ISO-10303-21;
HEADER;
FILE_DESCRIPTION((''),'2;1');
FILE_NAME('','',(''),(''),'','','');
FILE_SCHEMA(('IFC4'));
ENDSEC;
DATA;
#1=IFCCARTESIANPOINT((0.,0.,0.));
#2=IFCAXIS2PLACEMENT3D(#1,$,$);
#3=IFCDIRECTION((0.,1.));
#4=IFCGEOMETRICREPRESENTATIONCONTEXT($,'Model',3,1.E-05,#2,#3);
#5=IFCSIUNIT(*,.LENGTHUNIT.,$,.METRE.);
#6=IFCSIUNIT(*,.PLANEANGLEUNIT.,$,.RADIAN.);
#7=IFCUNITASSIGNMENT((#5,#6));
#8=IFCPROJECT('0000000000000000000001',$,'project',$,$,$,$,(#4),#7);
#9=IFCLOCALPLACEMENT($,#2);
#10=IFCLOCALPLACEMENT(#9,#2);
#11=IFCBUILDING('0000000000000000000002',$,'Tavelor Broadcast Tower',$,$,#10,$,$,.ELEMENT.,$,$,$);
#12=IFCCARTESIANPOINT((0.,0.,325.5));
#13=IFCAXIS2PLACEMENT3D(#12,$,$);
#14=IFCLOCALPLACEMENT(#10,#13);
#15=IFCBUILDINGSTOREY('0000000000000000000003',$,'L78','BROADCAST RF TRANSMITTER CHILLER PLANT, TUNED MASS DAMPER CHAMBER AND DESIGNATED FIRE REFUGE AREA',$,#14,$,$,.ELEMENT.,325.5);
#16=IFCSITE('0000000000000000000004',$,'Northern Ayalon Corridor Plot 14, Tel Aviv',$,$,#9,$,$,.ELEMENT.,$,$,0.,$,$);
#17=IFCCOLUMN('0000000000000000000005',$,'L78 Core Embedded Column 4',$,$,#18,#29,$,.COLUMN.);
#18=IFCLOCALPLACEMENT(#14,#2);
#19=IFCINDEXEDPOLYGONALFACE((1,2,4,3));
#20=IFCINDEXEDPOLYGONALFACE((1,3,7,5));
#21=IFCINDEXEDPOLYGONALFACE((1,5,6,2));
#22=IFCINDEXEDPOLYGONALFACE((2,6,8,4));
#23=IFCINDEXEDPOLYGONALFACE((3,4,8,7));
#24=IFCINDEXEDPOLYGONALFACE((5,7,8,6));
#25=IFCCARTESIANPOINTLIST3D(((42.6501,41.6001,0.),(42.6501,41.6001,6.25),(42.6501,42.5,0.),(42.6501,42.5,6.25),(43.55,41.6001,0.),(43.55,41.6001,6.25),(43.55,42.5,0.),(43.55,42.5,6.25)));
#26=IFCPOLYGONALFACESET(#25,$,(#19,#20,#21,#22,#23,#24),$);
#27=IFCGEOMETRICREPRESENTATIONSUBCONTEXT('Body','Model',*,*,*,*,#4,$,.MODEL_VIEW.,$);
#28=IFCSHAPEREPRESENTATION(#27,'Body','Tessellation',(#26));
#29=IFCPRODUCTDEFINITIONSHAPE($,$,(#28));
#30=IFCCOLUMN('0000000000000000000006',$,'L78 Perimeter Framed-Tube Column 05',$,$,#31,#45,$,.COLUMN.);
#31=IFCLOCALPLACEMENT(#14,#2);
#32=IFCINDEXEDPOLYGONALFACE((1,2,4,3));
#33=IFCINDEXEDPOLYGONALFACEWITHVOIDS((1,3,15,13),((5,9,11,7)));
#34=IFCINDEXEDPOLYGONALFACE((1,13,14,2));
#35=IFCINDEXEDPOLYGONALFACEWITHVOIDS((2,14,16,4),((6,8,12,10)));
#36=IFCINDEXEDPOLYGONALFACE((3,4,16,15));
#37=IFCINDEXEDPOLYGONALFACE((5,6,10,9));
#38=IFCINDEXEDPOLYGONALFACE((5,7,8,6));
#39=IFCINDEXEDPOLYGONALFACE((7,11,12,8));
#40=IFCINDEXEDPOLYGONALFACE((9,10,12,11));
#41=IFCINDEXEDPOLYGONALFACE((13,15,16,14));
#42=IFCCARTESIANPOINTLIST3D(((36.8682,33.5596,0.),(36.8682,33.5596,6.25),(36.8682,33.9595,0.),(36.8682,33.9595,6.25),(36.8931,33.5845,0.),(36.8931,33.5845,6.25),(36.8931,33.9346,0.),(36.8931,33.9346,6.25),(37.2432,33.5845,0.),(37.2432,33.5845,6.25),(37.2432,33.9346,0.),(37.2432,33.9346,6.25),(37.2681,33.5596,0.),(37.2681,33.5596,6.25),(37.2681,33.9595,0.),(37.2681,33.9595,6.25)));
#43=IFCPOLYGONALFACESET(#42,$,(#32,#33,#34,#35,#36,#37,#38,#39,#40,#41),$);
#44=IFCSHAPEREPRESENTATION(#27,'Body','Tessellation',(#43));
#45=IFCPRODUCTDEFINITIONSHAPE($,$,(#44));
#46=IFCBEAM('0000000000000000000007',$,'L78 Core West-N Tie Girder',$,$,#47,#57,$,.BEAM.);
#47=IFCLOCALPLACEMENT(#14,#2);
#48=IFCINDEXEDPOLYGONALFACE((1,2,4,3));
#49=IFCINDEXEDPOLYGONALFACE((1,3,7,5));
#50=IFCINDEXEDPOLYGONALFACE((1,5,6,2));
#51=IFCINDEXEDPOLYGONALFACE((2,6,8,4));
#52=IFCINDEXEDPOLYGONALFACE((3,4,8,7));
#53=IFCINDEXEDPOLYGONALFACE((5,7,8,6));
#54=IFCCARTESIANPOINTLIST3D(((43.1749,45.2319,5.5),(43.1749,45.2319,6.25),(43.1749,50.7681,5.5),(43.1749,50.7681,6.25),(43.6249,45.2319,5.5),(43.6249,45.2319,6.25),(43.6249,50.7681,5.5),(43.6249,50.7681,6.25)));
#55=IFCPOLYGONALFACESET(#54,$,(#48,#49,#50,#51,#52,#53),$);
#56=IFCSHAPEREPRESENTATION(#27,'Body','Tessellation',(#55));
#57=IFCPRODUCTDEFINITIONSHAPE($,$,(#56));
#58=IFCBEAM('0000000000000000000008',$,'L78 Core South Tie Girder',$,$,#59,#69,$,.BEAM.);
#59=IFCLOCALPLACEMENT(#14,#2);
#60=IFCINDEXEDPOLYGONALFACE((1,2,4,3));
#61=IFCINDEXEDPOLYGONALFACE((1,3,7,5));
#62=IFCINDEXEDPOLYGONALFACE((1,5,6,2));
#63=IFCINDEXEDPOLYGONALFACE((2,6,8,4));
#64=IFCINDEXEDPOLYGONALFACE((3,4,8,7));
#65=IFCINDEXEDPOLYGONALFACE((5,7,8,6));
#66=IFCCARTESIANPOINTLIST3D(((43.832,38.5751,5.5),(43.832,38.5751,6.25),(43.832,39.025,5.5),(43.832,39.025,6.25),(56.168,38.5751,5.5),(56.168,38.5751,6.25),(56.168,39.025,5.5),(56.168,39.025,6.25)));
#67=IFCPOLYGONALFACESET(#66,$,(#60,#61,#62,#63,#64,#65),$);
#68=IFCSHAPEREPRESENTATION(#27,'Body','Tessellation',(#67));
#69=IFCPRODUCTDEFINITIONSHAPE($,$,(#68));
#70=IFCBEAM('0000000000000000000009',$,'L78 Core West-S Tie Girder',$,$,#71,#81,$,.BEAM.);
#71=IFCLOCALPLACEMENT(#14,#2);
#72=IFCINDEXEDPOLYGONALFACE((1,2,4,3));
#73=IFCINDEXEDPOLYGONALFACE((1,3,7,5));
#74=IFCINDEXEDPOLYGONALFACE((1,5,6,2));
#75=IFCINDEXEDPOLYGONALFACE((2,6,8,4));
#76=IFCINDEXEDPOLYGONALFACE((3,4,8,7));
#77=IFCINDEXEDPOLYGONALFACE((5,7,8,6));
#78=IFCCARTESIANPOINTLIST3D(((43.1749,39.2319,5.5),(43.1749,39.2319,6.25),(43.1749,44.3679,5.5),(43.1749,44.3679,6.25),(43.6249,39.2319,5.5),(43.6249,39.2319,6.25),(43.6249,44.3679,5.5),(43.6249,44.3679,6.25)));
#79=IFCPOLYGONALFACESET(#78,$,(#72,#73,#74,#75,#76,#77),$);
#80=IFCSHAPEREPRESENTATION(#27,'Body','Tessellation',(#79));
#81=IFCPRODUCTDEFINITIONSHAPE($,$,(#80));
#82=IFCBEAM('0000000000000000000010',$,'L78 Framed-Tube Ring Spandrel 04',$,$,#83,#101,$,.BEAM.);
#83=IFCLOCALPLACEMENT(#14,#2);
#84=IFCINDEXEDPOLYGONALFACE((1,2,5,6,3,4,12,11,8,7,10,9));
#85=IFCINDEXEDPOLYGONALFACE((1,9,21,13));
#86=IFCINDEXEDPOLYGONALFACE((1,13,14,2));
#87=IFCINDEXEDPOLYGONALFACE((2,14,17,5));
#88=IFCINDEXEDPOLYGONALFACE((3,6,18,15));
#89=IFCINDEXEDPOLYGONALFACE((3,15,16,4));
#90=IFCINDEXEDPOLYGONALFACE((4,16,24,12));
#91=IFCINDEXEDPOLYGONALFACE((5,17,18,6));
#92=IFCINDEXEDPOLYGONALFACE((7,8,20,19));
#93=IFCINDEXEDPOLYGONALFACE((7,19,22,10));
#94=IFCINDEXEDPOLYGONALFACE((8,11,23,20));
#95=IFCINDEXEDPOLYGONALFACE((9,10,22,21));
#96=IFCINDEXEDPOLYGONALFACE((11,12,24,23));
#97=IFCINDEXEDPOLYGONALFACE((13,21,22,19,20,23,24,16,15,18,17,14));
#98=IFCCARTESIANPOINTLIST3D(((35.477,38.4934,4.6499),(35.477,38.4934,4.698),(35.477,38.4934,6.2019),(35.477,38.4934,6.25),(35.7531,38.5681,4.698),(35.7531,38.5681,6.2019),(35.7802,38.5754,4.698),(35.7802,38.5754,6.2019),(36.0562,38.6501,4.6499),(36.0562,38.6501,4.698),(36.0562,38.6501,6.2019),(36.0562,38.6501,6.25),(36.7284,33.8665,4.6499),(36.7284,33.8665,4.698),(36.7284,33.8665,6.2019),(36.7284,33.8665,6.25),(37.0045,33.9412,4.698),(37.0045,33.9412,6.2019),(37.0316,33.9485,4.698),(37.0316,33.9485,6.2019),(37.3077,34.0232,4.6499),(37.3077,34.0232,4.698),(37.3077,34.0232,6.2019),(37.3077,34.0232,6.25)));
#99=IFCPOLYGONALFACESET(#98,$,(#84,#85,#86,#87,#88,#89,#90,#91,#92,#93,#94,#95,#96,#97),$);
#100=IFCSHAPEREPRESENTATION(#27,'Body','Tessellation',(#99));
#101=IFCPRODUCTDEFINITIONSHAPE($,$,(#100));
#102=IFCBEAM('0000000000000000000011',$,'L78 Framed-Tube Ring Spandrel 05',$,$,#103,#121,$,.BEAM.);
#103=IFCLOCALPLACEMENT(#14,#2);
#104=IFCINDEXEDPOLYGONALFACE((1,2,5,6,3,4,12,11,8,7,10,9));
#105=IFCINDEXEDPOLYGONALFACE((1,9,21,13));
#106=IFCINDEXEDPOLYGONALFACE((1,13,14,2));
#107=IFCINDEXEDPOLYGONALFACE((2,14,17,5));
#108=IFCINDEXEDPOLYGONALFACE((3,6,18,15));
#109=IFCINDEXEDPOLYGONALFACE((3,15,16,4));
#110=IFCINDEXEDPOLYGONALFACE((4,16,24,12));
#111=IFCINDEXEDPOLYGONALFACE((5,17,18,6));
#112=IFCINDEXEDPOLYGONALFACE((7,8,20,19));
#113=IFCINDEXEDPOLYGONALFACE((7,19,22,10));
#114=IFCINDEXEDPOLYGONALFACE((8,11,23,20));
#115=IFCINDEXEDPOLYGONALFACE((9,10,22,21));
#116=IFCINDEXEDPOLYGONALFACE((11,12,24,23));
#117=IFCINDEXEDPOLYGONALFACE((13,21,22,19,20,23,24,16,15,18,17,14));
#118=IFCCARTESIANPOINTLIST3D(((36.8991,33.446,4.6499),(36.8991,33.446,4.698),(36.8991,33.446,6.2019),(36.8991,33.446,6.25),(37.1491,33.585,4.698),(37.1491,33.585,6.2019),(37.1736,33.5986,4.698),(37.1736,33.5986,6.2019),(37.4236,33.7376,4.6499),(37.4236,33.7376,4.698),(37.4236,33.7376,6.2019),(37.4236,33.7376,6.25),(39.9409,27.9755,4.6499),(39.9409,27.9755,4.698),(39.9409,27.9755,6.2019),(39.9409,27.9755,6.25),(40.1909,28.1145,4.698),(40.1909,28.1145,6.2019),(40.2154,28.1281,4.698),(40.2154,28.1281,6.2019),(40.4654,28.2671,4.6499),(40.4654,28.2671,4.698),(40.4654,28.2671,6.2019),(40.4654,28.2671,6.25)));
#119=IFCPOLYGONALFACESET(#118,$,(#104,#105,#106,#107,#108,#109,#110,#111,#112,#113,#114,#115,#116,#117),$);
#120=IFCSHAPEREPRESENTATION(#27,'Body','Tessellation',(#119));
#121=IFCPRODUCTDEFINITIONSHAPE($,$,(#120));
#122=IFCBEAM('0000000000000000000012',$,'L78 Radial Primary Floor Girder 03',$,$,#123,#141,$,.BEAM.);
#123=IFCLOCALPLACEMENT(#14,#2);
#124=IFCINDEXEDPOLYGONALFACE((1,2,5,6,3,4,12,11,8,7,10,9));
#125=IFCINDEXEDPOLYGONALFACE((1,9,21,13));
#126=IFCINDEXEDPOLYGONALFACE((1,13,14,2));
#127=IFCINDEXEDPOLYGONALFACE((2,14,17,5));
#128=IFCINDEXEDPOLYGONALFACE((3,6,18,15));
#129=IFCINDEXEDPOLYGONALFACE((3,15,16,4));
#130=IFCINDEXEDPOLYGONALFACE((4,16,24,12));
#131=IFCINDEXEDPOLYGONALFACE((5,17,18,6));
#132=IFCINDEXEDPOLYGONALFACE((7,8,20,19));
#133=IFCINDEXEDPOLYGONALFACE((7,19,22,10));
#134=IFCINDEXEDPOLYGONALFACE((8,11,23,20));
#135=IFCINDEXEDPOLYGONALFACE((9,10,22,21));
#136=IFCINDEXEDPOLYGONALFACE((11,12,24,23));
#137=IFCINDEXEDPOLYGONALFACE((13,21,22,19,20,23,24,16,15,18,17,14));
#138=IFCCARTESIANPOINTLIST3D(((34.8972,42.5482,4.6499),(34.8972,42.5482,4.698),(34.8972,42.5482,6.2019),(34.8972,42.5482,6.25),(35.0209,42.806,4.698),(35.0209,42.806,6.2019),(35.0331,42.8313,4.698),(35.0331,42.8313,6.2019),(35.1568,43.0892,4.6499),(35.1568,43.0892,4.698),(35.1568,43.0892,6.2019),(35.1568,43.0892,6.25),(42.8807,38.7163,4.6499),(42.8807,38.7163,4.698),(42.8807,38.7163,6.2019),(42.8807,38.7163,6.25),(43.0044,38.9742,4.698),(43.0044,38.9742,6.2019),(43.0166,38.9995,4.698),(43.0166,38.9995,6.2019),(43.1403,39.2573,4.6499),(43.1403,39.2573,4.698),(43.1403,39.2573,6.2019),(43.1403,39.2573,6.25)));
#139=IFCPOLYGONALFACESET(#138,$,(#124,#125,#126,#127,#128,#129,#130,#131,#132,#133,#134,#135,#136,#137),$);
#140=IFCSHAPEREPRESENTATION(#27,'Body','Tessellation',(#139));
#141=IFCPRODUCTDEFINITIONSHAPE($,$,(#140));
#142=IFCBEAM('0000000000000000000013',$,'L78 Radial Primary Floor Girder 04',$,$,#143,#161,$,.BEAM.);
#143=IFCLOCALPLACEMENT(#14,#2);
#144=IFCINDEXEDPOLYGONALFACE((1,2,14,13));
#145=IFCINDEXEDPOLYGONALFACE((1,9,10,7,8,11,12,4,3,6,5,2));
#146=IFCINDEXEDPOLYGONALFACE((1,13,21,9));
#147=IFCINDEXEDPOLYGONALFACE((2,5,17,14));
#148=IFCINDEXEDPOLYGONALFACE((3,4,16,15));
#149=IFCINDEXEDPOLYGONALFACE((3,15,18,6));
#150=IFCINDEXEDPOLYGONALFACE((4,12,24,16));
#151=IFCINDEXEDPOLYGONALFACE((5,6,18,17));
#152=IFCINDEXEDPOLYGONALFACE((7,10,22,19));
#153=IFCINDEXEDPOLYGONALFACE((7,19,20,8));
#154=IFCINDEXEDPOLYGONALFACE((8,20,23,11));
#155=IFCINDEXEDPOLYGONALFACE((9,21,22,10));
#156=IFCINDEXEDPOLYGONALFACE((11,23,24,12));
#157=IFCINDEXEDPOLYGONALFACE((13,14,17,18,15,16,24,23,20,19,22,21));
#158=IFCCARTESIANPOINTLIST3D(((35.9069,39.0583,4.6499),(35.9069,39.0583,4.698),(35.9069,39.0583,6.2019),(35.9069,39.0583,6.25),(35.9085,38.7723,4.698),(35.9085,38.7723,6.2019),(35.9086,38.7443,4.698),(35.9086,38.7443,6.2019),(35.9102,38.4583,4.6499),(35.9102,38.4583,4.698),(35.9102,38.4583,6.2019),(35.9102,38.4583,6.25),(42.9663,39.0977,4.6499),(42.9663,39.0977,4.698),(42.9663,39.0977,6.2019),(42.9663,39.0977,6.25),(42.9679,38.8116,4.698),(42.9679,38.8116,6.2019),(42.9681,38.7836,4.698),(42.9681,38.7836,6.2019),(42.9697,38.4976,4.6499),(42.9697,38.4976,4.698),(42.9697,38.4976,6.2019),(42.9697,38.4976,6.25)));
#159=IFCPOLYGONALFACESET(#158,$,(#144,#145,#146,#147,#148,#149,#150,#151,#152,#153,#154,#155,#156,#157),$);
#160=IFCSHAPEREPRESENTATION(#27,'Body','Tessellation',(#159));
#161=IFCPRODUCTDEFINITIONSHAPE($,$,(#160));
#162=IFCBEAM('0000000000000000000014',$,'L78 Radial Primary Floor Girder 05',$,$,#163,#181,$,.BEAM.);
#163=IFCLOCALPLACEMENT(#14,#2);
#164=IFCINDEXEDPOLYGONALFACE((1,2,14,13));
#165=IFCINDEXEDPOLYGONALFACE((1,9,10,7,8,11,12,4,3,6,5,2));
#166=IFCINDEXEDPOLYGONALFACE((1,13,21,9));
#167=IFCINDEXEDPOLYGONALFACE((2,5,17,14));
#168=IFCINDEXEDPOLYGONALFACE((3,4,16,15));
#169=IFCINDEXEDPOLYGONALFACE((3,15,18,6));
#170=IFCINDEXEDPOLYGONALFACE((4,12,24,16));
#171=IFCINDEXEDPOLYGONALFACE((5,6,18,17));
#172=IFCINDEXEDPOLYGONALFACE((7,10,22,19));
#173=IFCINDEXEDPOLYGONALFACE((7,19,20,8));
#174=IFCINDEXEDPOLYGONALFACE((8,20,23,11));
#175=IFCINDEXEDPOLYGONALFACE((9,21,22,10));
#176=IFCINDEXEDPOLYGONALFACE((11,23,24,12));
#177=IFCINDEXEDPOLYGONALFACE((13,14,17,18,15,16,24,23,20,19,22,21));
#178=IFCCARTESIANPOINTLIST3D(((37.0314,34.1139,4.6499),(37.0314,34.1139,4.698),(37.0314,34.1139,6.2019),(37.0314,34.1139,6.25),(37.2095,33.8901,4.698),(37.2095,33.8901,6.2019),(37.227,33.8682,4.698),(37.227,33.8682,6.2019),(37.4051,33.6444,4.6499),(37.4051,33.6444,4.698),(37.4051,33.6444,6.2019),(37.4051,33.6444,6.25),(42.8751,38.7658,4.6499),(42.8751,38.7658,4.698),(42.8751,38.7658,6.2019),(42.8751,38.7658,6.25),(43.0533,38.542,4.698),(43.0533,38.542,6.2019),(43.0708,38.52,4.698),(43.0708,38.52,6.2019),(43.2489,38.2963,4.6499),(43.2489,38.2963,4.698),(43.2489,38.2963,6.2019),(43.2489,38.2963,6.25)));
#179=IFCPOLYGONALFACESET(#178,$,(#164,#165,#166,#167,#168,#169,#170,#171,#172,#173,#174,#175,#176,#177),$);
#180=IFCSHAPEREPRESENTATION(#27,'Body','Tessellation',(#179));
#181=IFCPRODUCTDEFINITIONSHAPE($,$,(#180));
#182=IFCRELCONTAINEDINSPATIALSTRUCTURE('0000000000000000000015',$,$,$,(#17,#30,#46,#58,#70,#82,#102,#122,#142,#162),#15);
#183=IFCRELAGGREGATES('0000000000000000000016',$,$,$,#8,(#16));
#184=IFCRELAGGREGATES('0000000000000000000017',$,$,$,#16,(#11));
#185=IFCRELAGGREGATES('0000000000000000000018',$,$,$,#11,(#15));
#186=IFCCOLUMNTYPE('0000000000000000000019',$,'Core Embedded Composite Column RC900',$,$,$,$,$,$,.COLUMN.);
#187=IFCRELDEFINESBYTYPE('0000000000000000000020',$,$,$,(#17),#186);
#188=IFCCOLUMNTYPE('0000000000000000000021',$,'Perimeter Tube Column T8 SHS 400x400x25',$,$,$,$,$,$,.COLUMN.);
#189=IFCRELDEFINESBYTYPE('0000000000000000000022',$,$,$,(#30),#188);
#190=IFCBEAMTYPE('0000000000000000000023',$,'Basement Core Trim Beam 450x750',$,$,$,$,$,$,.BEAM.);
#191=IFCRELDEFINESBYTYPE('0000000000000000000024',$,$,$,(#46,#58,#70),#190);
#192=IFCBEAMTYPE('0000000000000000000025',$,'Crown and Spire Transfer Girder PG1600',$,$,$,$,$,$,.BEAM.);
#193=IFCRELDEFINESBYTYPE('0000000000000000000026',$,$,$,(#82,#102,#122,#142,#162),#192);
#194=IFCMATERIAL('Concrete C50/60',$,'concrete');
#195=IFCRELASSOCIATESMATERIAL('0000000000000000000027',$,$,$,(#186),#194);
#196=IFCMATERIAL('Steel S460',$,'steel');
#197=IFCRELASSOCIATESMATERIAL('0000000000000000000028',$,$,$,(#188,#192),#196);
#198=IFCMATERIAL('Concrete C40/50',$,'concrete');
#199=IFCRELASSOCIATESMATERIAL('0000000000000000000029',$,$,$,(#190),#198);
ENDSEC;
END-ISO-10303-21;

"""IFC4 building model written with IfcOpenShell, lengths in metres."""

from ifc_helpers import new_model, si_unit, direction, frame, origin, origin_2d, place, context, subcontext, project, spatial, rectangle, hollow_rectangle, i_section, extrude, material, material_profile, profile_set, type_object, element, save


model = new_model("IFC4")

# Units and contexts
model_context = context("Model", 3, precision=1e-05, world=origin(), true_north=direction((0.0, 1.0)))
body_context = subcontext(model_context, "Body", "Model", "MODEL_VIEW")
ifc_project = project(units=[si_unit("LENGTHUNIT", "METRE"), si_unit("PLANEANGLEUNIT", "RADIAN")], contexts=[model_context])

# Site, building, storey
site_placement = place(None, origin())
site = spatial("IfcSite", under=ifc_project, at=site_placement, Name="Northern Ayalon Corridor Plot 14, Tel Aviv", CompositionType="ELEMENT", RefElevation=0.0)
building_placement = place(site_placement, origin())
building = spatial("IfcBuilding", under=site, at=building_placement, Name="Tavelor Broadcast Tower", CompositionType="ELEMENT")
storey_placement = place(building_placement, frame((0.0, 0.0, 325.5)))
storey = spatial("IfcBuildingStorey", under=building, at=storey_placement, Name="L78", Description="BROADCAST RF TRANSMITTER CHILLER PLANT, TUNED MASS DAMPER CHAMBER AND DESIGNATED FIRE REFUGE AREA", CompositionType="ELEMENT", Elevation=325.5)

# Columns
ifc_material_1 = material(Name="Concrete C50/60", Category="concrete")
ifc_material_profile_1 = material_profile(ifc_material_1, rectangle(XDim=0.8999, YDim=0.8999, at=origin_2d()), Name="RC 900x900")
ifc_profile_set_1 = profile_set([ifc_material_profile_1], Name="Concrete C50/60")
column_type_1 = type_object("IfcColumnType", Name="Core Embedded Composite Column RC900", PredefinedType="COLUMN", material=ifc_profile_set_1)
column_1_placement = place(storey_placement, frame((43.1001, 42.05, 0.0), z_axis=(0.0, 0.0, 1.0), x_axis=(1.0, 0.0, 0.0)))
element("IfcColumn", 1, at=column_1_placement, inside=storey, type_object=column_type_1, Name="L78 Core Embedded Column 4", PredefinedType="COLUMN", context=body_context, shape_type="SweptSolid", body=[
    extrude(rectangle(XDim=0.8999, YDim=0.8999, at=origin_2d()), origin(), (0.0, 0.0, 1.0), 6.25),
])
ifc_material_2 = material(Name="Steel S460", Category="steel")
ifc_material_profile_2 = material_profile(ifc_material_2, hollow_rectangle(XDim=0.3999, YDim=0.3999, WallThickness=0.0249, at=origin_2d()), Name="SHS 400x400x25")
ifc_profile_set_2 = profile_set([ifc_material_profile_2], Name="Steel S460")
column_type_2 = type_object("IfcColumnType", Name="Perimeter Tube Column T8 SHS 400x400x25", PredefinedType="COLUMN", material=ifc_profile_set_2)
column_2_placement = place(storey_placement, frame((37.0681, 33.7595, 0.0), z_axis=(0.0, 0.0, 1.0), x_axis=(1.0, 0.0, 0.0)))
element("IfcColumn", 2, at=column_2_placement, inside=storey, type_object=column_type_2, Name="L78 Perimeter Framed-Tube Column 05", PredefinedType="COLUMN", context=body_context, shape_type="SweptSolid", body=[
    extrude(hollow_rectangle(XDim=0.3999, YDim=0.3999, WallThickness=0.0249, at=origin_2d()), origin(), (0.0, 0.0, 1.0), 6.25),
])

# Beams
ifc_material_3 = material(Name="Concrete C40/50", Category="concrete")
ifc_material_profile_3 = material_profile(ifc_material_3, rectangle(XDim=0.45, YDim=0.75, at=origin_2d()), Name="RC 450x750")
ifc_profile_set_3 = profile_set([ifc_material_profile_3], Name="Concrete C40/50")
beam_type_1 = type_object("IfcBeamType", Name="Basement Core Trim Beam 450x750", PredefinedType="BEAM", material=ifc_profile_set_3)
beam_1_placement = place(storey_placement, frame((43.3999, 45.2319, 5.875), z_axis=(0.0, 1.0, 0.0), x_axis=(-1.0, 0.0, 0.0)))
element("IfcBeam", 3, at=beam_1_placement, inside=storey, type_object=beam_type_1, Name="L78 Core West-N Tie Girder", PredefinedType="BEAM", context=body_context, shape_type="SweptSolid", body=[
    extrude(rectangle(XDim=0.45, YDim=0.75, at=origin_2d()), origin(), (0.0, 0.0, 1.0), 5.5361),
])
beam_2_placement = place(storey_placement, frame((43.832, 38.8, 5.875), z_axis=(1.0, 0.0, 0.0), x_axis=(0.0, 1.0, 0.0)))
element("IfcBeam", 4, at=beam_2_placement, inside=storey, type_object=beam_type_1, Name="L78 Core South Tie Girder", PredefinedType="BEAM", context=body_context, shape_type="SweptSolid", body=[
    extrude(rectangle(XDim=0.45, YDim=0.75, at=origin_2d()), origin(), (0.0, 0.0, 1.0), 12.3359),
])
beam_3_placement = place(storey_placement, frame((43.3999, 39.2319, 5.875), z_axis=(0.0, 1.0, 0.0), x_axis=(-1.0, 0.0, 0.0)))
element("IfcBeam", 5, at=beam_3_placement, inside=storey, type_object=beam_type_1, Name="L78 Core West-S Tie Girder", PredefinedType="BEAM", context=body_context, shape_type="SweptSolid", body=[
    extrude(rectangle(XDim=0.45, YDim=0.75, at=origin_2d()), origin(), (0.0, 0.0, 1.0), 5.136),
])
ifc_material_profile_4 = material_profile(ifc_material_2, i_section(OverallWidth=0.6001, OverallDepth=1.6001, WebThickness=0.0281, FlangeThickness=0.0481, at=origin_2d()), Name="PG 1600x600")
ifc_profile_set_4 = profile_set([ifc_material_profile_4], Name="Steel S460")
beam_type_2 = type_object("IfcBeamType", Name="Crown and Spire Transfer Girder PG1600", PredefinedType="BEAM", material=ifc_profile_set_4)
beam_4_placement = place(storey_placement, frame((35.7666, 38.5718, 5.45), z_axis=(0.261091, -0.965314, 0.0), x_axis=(0.965314, 0.261091, 0.0)))
element("IfcBeam", 6, at=beam_4_placement, inside=storey, type_object=beam_type_2, Name="L78 Framed-Tube Ring Spandrel 04", PredefinedType="BEAM", context=body_context, shape_type="SweptSolid", body=[
    extrude(i_section(OverallWidth=0.6001, OverallDepth=1.6001, WebThickness=0.0281, FlangeThickness=0.0481, at=origin_2d()), origin(), (0.0, 0.0, 1.0), 4.7932),
])
beam_5_placement = place(storey_placement, frame((37.1614, 33.5918, 5.45), z_axis=(0.485961, -0.873981, 0.0), x_axis=(0.873981, 0.485961, 0.0)))
element("IfcBeam", 7, at=beam_5_placement, inside=storey, type_object=beam_type_2, Name="L78 Framed-Tube Ring Spandrel 05", PredefinedType="BEAM", context=body_context, shape_type="SweptSolid", body=[
    extrude(i_section(OverallWidth=0.6001, OverallDepth=1.6001, WebThickness=0.0281, FlangeThickness=0.0481, at=origin_2d()), origin(), (0.0, 0.0, 1.0), 6.2593),
])
beam_6_placement = place(storey_placement, frame((43.0105, 38.9868, 5.45), z_axis=(-0.901534, 0.432709, 0.0), x_axis=(-0.432709, -0.901534, 0.0)))
element("IfcBeam", 8, at=beam_6_placement, inside=storey, type_object=beam_type_2, Name="L78 Radial Primary Floor Girder 03", PredefinedType="BEAM", context=body_context, shape_type="SweptSolid", body=[
    extrude(i_section(OverallWidth=0.6001, OverallDepth=1.6001, WebThickness=0.0281, FlangeThickness=0.0481, at=origin_2d()), origin(), (0.0, 0.0, 1.0), 8.8555),
])
beam_7_placement = place(storey_placement, frame((42.968, 38.7976, 5.45), z_axis=(-0.999984, -0.005568, 0.0), x_axis=(0.005568, -0.999984, 0.0)))
element("IfcBeam", 9, at=beam_7_placement, inside=storey, type_object=beam_type_2, Name="L78 Radial Primary Floor Girder 04", PredefinedType="BEAM", context=body_context, shape_type="SweptSolid", body=[
    extrude(i_section(OverallWidth=0.6001, OverallDepth=1.6001, WebThickness=0.0281, FlangeThickness=0.0481, at=origin_2d()), origin(), (0.0, 0.0, 1.0), 7.0596),
])
beam_8_placement = place(storey_placement, frame((43.062, 38.531, 5.45), z_axis=(-0.782378, -0.622804, 0.0), x_axis=(0.622804, -0.782378, 0.0)))
element("IfcBeam", 10, at=beam_8_placement, inside=storey, type_object=beam_type_2, Name="L78 Radial Primary Floor Girder 05", PredefinedType="BEAM", context=body_context, shape_type="SweptSolid", body=[
    extrude(i_section(OverallWidth=0.6001, OverallDepth=1.6001, WebThickness=0.0281, FlangeThickness=0.0481, at=origin_2d()), origin(), (0.0, 0.0, 1.0), 7.4692),
])

save(model, "model.ifc")
